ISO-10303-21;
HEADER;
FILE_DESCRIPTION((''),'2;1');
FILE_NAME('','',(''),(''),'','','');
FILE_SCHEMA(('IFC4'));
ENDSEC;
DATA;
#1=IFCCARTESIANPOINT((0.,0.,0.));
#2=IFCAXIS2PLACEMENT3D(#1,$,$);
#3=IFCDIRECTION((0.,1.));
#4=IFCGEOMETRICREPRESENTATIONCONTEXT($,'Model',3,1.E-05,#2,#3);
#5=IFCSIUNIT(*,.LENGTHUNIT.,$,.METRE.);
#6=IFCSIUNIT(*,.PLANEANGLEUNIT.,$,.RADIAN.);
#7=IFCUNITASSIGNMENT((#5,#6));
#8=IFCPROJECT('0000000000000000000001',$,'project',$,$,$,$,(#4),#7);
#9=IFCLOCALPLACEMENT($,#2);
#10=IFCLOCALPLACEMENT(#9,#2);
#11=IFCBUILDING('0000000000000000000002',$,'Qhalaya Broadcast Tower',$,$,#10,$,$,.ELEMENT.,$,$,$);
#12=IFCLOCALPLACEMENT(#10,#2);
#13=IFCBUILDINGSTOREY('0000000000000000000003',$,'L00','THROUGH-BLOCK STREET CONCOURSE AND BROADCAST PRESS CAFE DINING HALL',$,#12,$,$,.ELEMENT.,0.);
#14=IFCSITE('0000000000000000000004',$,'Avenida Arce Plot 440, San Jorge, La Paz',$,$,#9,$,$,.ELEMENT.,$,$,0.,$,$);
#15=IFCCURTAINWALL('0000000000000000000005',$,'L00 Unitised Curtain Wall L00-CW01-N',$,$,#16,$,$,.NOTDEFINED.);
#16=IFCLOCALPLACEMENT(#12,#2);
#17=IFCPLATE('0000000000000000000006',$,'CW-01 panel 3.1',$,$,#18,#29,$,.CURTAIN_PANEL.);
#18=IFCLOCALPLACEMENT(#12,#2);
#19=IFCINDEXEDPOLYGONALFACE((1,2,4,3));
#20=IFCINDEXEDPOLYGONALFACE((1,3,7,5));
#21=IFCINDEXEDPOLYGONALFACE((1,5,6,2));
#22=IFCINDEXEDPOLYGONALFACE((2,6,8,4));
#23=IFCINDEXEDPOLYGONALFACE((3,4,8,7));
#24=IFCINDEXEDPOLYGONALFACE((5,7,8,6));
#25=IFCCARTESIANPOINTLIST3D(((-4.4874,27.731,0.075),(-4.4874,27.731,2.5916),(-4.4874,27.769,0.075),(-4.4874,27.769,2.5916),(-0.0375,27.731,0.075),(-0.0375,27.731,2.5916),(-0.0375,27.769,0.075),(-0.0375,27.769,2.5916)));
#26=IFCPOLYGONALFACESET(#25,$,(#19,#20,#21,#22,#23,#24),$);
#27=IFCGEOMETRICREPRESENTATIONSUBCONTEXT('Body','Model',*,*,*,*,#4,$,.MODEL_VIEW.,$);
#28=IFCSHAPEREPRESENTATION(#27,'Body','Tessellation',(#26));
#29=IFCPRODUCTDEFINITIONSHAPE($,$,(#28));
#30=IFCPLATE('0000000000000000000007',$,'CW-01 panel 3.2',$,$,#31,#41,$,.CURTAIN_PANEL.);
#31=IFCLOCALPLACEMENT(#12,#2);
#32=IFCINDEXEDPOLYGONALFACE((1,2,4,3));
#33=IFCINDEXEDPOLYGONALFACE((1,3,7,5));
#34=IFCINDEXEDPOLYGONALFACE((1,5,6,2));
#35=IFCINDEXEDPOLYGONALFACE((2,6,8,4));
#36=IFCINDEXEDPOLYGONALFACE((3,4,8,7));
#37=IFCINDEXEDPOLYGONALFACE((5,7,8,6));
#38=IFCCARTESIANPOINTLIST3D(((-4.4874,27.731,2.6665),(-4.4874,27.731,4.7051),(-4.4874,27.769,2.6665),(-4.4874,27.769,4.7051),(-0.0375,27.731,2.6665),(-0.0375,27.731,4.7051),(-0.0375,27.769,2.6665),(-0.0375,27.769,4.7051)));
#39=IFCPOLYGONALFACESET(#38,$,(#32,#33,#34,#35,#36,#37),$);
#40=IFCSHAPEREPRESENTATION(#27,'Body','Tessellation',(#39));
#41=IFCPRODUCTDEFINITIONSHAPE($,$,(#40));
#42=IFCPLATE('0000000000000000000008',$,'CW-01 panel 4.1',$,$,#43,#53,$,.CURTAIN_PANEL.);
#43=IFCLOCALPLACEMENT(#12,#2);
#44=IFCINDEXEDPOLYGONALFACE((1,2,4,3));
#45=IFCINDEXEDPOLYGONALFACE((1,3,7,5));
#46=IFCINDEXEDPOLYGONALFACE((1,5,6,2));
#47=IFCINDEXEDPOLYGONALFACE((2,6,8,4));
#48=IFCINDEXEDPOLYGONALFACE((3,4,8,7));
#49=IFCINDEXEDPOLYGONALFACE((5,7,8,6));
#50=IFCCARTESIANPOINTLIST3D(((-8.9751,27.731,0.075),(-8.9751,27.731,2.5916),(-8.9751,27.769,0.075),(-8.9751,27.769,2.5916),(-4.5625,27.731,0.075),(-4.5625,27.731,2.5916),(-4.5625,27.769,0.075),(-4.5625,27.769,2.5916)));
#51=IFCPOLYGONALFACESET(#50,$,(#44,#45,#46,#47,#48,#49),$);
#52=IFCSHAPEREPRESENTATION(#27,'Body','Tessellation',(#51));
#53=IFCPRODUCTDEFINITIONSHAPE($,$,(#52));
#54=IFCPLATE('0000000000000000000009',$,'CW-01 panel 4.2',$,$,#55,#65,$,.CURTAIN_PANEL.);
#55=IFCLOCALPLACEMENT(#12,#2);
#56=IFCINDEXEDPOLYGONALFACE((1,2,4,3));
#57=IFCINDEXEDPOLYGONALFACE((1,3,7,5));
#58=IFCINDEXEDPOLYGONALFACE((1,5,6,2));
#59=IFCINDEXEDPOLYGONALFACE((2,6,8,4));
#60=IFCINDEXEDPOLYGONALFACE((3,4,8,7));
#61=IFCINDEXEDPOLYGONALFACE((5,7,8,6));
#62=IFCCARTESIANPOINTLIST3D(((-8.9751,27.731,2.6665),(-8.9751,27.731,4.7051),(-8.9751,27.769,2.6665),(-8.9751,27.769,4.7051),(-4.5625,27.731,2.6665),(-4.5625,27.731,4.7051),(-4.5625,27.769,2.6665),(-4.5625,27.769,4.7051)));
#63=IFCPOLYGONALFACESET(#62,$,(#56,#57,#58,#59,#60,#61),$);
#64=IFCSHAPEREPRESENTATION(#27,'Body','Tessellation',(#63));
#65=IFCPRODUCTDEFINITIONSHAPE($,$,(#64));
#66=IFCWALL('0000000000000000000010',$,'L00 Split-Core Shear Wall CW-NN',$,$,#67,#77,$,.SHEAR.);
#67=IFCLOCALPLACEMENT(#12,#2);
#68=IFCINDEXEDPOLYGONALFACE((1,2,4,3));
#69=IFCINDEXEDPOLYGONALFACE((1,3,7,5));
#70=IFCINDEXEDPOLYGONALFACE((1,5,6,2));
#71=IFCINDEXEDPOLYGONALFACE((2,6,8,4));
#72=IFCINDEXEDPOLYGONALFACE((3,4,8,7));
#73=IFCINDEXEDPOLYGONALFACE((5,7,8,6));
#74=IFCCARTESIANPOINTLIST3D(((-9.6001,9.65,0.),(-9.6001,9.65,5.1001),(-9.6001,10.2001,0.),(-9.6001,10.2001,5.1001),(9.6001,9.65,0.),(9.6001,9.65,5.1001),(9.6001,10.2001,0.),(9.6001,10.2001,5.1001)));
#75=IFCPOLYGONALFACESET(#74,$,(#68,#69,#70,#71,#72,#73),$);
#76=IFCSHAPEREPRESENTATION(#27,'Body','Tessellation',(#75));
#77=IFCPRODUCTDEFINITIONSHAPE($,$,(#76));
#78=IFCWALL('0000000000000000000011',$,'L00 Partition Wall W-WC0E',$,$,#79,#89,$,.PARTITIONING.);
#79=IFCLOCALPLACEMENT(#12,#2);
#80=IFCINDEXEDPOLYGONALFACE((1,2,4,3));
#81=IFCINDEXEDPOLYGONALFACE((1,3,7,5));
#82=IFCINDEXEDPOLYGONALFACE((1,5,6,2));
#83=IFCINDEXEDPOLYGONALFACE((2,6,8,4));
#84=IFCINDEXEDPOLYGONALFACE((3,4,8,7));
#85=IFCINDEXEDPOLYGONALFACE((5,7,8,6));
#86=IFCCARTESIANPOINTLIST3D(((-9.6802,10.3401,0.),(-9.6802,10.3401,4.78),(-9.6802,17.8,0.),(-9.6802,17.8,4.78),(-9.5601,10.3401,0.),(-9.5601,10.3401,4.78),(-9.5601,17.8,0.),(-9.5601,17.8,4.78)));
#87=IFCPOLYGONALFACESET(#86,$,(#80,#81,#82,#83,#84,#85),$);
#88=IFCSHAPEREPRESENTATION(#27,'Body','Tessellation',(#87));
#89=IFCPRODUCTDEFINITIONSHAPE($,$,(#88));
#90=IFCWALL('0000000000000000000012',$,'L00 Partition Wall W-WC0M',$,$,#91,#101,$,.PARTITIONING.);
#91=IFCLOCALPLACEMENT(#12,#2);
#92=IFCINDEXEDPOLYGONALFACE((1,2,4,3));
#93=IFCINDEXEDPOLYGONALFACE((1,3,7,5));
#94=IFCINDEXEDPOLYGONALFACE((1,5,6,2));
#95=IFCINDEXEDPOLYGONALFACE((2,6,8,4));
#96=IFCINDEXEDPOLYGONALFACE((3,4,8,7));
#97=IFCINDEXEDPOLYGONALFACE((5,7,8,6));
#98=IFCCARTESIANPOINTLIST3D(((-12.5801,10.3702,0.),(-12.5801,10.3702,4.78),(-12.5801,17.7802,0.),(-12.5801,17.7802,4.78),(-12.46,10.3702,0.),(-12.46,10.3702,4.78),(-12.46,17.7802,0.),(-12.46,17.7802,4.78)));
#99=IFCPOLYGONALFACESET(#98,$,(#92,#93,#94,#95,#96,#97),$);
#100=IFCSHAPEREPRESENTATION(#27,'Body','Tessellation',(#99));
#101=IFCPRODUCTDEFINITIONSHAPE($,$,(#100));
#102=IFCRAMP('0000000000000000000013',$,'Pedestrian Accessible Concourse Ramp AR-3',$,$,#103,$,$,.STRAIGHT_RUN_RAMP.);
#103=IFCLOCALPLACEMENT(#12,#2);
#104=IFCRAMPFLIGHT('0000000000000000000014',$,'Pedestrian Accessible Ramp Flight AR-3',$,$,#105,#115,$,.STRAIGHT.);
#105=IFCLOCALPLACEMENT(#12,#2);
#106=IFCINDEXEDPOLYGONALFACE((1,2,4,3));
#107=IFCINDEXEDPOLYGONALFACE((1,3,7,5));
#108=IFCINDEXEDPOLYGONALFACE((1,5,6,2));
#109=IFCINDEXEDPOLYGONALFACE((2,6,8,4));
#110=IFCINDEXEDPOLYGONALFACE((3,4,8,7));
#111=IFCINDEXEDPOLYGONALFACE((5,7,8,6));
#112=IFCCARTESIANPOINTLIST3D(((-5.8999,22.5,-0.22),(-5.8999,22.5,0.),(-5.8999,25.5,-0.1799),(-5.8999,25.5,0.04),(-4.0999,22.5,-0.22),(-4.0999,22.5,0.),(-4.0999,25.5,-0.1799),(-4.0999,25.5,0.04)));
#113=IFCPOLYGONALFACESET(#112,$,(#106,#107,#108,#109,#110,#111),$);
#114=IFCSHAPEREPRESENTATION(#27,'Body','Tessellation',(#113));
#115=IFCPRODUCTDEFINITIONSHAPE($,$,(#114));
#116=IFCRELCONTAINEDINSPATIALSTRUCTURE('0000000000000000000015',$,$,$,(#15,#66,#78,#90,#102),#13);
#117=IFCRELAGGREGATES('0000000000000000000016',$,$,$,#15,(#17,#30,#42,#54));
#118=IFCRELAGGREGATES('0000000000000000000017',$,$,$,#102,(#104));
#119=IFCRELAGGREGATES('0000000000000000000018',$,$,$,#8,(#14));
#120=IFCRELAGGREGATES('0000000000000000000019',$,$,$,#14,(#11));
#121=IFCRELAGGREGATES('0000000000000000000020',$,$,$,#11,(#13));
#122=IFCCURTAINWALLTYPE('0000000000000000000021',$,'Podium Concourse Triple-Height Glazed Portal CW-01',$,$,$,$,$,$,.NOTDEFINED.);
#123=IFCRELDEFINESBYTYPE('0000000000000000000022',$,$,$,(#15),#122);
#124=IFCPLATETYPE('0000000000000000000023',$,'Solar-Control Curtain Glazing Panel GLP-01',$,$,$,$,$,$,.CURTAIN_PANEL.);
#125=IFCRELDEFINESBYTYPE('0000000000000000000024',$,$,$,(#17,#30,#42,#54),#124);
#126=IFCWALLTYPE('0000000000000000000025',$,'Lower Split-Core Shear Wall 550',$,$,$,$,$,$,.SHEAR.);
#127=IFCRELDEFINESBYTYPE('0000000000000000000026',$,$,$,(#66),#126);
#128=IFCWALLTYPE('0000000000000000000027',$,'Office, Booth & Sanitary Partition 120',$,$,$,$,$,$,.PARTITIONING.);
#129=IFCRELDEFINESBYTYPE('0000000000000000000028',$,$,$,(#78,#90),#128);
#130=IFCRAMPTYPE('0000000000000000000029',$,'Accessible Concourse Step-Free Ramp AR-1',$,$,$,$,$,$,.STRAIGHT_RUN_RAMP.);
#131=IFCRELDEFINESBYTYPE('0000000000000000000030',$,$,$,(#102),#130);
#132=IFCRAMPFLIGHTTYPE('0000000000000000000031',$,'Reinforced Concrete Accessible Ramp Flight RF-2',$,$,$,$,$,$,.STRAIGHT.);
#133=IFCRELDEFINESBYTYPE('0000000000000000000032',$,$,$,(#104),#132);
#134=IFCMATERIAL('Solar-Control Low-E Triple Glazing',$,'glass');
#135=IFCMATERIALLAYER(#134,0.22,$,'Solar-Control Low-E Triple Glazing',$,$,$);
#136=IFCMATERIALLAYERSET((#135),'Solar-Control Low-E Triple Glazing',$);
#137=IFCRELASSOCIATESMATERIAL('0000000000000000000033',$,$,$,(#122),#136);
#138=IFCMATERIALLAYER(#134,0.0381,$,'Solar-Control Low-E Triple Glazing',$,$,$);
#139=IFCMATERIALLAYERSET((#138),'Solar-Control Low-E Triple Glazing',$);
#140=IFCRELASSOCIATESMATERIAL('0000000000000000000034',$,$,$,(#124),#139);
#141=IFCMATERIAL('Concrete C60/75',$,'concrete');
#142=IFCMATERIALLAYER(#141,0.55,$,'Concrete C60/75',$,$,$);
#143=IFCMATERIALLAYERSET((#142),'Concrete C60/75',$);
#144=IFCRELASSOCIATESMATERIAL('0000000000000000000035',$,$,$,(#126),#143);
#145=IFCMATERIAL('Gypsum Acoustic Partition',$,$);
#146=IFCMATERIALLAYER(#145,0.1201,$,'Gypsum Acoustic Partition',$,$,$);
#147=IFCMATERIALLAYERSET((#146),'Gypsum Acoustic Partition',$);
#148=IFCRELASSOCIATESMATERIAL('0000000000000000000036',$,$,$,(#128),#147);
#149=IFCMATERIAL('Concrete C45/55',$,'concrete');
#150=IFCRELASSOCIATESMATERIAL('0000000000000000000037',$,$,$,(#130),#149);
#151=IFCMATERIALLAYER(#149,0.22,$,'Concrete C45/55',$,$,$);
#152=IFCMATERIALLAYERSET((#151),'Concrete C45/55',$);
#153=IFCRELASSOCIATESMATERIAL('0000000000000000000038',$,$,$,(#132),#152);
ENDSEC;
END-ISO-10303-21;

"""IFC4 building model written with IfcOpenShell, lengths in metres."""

from ifc_helpers import new_model, si_unit, direction, frame, frame_2d, origin, origin_2d, place, context, subcontext, project, spatial, polyline, rectangle, outline, extrude, material, layer, layer_set, type_object, element, aggregate, save


model = new_model("IFC4")

# Units and contexts
model_context = context("Model", 3, precision=1e-05, world=origin(), true_north=direction((0.0, 1.0)))
body_context = subcontext(model_context, "Body", "Model", "MODEL_VIEW")
ifc_project = project(units=[si_unit("LENGTHUNIT", "METRE"), si_unit("PLANEANGLEUNIT", "RADIAN")], contexts=[model_context])

# Site, building, storey
site_placement = place(None, origin())
site = spatial("IfcSite", under=ifc_project, at=site_placement, Name="Avenida Arce Plot 440, San Jorge, La Paz", CompositionType="ELEMENT", RefElevation=0.0)
building_placement = place(site_placement, origin())
building = spatial("IfcBuilding", under=site, at=building_placement, Name="Qhalaya Broadcast Tower", CompositionType="ELEMENT")
storey_placement = place(building_placement, origin())
storey = spatial("IfcBuildingStorey", under=building, at=storey_placement, Name="L00", Description="THROUGH-BLOCK STREET CONCOURSE AND BROADCAST PRESS CAFE DINING HALL", CompositionType="ELEMENT", Elevation=0.0)

# Shared definitions
ifc_material_1 = material(Name="Concrete C60/75", Category="concrete")

# Curtain wall, plates
ifc_material_2 = material(Name="Solar-Control Low-E Triple Glazing", Category="glass")
ifc_layer_1 = layer(ifc_material_2, 0.22, Name="Solar-Control Low-E Triple Glazing")
ifc_layer_set_1 = layer_set([ifc_layer_1], Name="Solar-Control Low-E Triple Glazing")
curtain_wall_type = type_object("IfcCurtainWallType", Name="Podium Concourse Triple-Height Glazed Portal CW-01", PredefinedType="NOTDEFINED", material=ifc_layer_set_1)
curtain_wall_placement = place(storey_placement, origin())
curtain_wall = element("IfcCurtainWall", 1, at=curtain_wall_placement, inside=storey, type_object=curtain_wall_type, Name="L00 Unitised Curtain Wall L00-CW01-N", PredefinedType="NOTDEFINED")
ifc_layer_2 = layer(ifc_material_2, 0.0381, Name="Solar-Control Low-E Triple Glazing")
ifc_layer_set_2 = layer_set([ifc_layer_2], Name="Solar-Control Low-E Triple Glazing")
plate_type = type_object("IfcPlateType", Name="Solar-Control Curtain Glazing Panel GLP-01", PredefinedType="CURTAIN_PANEL", material=ifc_layer_set_2)
plate_1_placement = place(storey_placement, frame((-2.2625, 27.75, 0.075), z_axis=(0.0, 0.0, 1.0), x_axis=(-1.0, 0.0, 0.0)))
plate_1 = element("IfcPlate", 2, at=plate_1_placement, type_object=plate_type, Name="CW-01 panel 3.1", PredefinedType="CURTAIN_PANEL", context=body_context, shape_type="SweptSolid", body=[
    extrude(rectangle(XDim=4.45, YDim=0.0381, at=origin_2d()), origin(), (0.0, 0.0, 1.0), 2.5166),
])
plate_2_placement = place(storey_placement, frame((-2.2625, 27.75, 2.6665), z_axis=(0.0, 0.0, 1.0), x_axis=(-1.0, 0.0, 0.0)))
plate_2 = element("IfcPlate", 3, at=plate_2_placement, type_object=plate_type, Name="CW-01 panel 3.2", PredefinedType="CURTAIN_PANEL", context=body_context, shape_type="SweptSolid", body=[
    extrude(rectangle(XDim=4.45, YDim=0.0381, at=origin_2d()), origin(), (0.0, 0.0, 1.0), 2.0386),
])
plate_3_placement = place(storey_placement, frame((-6.7688, 27.75, 0.075), z_axis=(0.0, 0.0, 1.0), x_axis=(-1.0, 0.0, 0.0)))
plate_3 = element("IfcPlate", 4, at=plate_3_placement, type_object=plate_type, Name="CW-01 panel 4.1", PredefinedType="CURTAIN_PANEL", context=body_context, shape_type="SweptSolid", body=[
    extrude(rectangle(XDim=4.4126, YDim=0.0381, at=origin_2d()), origin(), (0.0, 0.0, 1.0), 2.5166),
])
plate_4_placement = place(storey_placement, frame((-6.7688, 27.75, 2.6665), z_axis=(0.0, 0.0, 1.0), x_axis=(-1.0, 0.0, 0.0)))
plate_4 = element("IfcPlate", 5, at=plate_4_placement, type_object=plate_type, Name="CW-01 panel 4.2", PredefinedType="CURTAIN_PANEL", context=body_context, shape_type="SweptSolid", body=[
    extrude(rectangle(XDim=4.4126, YDim=0.0381, at=origin_2d()), origin(), (0.0, 0.0, 1.0), 2.0386),
])
aggregate(curtain_wall, [plate_1, plate_2, plate_3, plate_4])

# Walls
ifc_layer_3 = layer(ifc_material_1, 0.55, Name="Concrete C60/75")
ifc_layer_set_3 = layer_set([ifc_layer_3], Name="Concrete C60/75")
wall_type_1 = type_object("IfcWallType", Name="Lower Split-Core Shear Wall 550", PredefinedType="SHEAR", material=ifc_layer_set_3)
wall_1_placement = place(storey_placement, frame((-9.6001, 9.925, 0.0), z_axis=(0.0, 0.0, 1.0), x_axis=(1.0, 0.0, 0.0)))
element("IfcWall", 6, at=wall_1_placement, inside=storey, type_object=wall_type_1, Name="L00 Split-Core Shear Wall CW-NN", PredefinedType="SHEAR", context=body_context, shape_type="SweptSolid", body=[
    extrude(rectangle(XDim=19.2002, YDim=0.55, at=frame_2d((9.6001, 0.0))), origin(), (0.0, 0.0, 1.0), 5.1001),
])
ifc_material_3 = material(Name="Gypsum Acoustic Partition")
ifc_layer_4 = layer(ifc_material_3, 0.1201, Name="Gypsum Acoustic Partition")
ifc_layer_set_4 = layer_set([ifc_layer_4], Name="Gypsum Acoustic Partition")
wall_type_2 = type_object("IfcWallType", Name="Office, Booth & Sanitary Partition 120", PredefinedType="PARTITIONING", material=ifc_layer_set_4)
wall_2_placement = place(storey_placement, frame((-9.6201, 10.3401, 0.0), z_axis=(0.0, 0.0, 1.0), x_axis=(0.0, 1.0, 0.0)))
element("IfcWall", 7, at=wall_2_placement, inside=storey, type_object=wall_type_2, Name="L00 Partition Wall W-WC0E", PredefinedType="PARTITIONING", context=body_context, shape_type="SweptSolid", body=[
    extrude(rectangle(XDim=7.46, YDim=0.1201, at=frame_2d((3.73, 0.0))), origin(), (0.0, 0.0, 1.0), 4.78),
])
wall_3_placement = place(storey_placement, frame((-12.52, 10.3701, 0.0), z_axis=(0.0, 0.0, 1.0), x_axis=(0.0, 1.0, 0.0)))
element("IfcWall", 8, at=wall_3_placement, inside=storey, type_object=wall_type_2, Name="L00 Partition Wall W-WC0M", PredefinedType="PARTITIONING", context=body_context, shape_type="SweptSolid", body=[
    extrude(rectangle(XDim=7.4099, YDim=0.1201, at=frame_2d((3.7051, 0.0))), origin(), (0.0, 0.0, 1.0), 4.78),
])

# Ramp, ramp flight
ifc_material_4 = material(Name="Concrete C45/55", Category="concrete")
ramp_type = type_object("IfcRampType", Name="Accessible Concourse Step-Free Ramp AR-1", PredefinedType="STRAIGHT_RUN_RAMP", material=ifc_material_4)
ramp_placement = place(storey_placement, origin())
ramp = element("IfcRamp", 9, at=ramp_placement, inside=storey, type_object=ramp_type, Name="Pedestrian Accessible Concourse Ramp AR-3", PredefinedType="STRAIGHT_RUN_RAMP")
ifc_layer_5 = layer(ifc_material_4, 0.22, Name="Concrete C45/55")
ifc_layer_set_5 = layer_set([ifc_layer_5], Name="Concrete C45/55")
ramp_flight_type = type_object("IfcRampFlightType", Name="Reinforced Concrete Accessible Ramp Flight RF-2", PredefinedType="STRAIGHT", material=ifc_layer_set_5)
ramp_flight_placement = place(storey_placement, frame((-5.0, 22.5, 0.0), z_axis=(0.0, 0.0, 1.0), x_axis=(0.0, 1.0, 0.0)))
ramp_flight = element("IfcRampFlight", 10, at=ramp_flight_placement, type_object=ramp_flight_type, Name="Pedestrian Accessible Ramp Flight AR-3", PredefinedType="STRAIGHT", context=body_context, shape_type="SweptSolid", body=[
    extrude(outline(polyline([(0.0, 0.0), (3.0, 0.04), (3.0, -0.1799), (0.0, -0.22), (0.0, 0.0)])), frame((0.0, 0.8999, 0.0), z_axis=(0.0, -1.0, 0.0), x_axis=(1.0, 0.0, 0.0)), (0.0, 0.0, 1.0), 1.8),
])
aggregate(ramp, [ramp_flight])

save(model, "model.ifc")
